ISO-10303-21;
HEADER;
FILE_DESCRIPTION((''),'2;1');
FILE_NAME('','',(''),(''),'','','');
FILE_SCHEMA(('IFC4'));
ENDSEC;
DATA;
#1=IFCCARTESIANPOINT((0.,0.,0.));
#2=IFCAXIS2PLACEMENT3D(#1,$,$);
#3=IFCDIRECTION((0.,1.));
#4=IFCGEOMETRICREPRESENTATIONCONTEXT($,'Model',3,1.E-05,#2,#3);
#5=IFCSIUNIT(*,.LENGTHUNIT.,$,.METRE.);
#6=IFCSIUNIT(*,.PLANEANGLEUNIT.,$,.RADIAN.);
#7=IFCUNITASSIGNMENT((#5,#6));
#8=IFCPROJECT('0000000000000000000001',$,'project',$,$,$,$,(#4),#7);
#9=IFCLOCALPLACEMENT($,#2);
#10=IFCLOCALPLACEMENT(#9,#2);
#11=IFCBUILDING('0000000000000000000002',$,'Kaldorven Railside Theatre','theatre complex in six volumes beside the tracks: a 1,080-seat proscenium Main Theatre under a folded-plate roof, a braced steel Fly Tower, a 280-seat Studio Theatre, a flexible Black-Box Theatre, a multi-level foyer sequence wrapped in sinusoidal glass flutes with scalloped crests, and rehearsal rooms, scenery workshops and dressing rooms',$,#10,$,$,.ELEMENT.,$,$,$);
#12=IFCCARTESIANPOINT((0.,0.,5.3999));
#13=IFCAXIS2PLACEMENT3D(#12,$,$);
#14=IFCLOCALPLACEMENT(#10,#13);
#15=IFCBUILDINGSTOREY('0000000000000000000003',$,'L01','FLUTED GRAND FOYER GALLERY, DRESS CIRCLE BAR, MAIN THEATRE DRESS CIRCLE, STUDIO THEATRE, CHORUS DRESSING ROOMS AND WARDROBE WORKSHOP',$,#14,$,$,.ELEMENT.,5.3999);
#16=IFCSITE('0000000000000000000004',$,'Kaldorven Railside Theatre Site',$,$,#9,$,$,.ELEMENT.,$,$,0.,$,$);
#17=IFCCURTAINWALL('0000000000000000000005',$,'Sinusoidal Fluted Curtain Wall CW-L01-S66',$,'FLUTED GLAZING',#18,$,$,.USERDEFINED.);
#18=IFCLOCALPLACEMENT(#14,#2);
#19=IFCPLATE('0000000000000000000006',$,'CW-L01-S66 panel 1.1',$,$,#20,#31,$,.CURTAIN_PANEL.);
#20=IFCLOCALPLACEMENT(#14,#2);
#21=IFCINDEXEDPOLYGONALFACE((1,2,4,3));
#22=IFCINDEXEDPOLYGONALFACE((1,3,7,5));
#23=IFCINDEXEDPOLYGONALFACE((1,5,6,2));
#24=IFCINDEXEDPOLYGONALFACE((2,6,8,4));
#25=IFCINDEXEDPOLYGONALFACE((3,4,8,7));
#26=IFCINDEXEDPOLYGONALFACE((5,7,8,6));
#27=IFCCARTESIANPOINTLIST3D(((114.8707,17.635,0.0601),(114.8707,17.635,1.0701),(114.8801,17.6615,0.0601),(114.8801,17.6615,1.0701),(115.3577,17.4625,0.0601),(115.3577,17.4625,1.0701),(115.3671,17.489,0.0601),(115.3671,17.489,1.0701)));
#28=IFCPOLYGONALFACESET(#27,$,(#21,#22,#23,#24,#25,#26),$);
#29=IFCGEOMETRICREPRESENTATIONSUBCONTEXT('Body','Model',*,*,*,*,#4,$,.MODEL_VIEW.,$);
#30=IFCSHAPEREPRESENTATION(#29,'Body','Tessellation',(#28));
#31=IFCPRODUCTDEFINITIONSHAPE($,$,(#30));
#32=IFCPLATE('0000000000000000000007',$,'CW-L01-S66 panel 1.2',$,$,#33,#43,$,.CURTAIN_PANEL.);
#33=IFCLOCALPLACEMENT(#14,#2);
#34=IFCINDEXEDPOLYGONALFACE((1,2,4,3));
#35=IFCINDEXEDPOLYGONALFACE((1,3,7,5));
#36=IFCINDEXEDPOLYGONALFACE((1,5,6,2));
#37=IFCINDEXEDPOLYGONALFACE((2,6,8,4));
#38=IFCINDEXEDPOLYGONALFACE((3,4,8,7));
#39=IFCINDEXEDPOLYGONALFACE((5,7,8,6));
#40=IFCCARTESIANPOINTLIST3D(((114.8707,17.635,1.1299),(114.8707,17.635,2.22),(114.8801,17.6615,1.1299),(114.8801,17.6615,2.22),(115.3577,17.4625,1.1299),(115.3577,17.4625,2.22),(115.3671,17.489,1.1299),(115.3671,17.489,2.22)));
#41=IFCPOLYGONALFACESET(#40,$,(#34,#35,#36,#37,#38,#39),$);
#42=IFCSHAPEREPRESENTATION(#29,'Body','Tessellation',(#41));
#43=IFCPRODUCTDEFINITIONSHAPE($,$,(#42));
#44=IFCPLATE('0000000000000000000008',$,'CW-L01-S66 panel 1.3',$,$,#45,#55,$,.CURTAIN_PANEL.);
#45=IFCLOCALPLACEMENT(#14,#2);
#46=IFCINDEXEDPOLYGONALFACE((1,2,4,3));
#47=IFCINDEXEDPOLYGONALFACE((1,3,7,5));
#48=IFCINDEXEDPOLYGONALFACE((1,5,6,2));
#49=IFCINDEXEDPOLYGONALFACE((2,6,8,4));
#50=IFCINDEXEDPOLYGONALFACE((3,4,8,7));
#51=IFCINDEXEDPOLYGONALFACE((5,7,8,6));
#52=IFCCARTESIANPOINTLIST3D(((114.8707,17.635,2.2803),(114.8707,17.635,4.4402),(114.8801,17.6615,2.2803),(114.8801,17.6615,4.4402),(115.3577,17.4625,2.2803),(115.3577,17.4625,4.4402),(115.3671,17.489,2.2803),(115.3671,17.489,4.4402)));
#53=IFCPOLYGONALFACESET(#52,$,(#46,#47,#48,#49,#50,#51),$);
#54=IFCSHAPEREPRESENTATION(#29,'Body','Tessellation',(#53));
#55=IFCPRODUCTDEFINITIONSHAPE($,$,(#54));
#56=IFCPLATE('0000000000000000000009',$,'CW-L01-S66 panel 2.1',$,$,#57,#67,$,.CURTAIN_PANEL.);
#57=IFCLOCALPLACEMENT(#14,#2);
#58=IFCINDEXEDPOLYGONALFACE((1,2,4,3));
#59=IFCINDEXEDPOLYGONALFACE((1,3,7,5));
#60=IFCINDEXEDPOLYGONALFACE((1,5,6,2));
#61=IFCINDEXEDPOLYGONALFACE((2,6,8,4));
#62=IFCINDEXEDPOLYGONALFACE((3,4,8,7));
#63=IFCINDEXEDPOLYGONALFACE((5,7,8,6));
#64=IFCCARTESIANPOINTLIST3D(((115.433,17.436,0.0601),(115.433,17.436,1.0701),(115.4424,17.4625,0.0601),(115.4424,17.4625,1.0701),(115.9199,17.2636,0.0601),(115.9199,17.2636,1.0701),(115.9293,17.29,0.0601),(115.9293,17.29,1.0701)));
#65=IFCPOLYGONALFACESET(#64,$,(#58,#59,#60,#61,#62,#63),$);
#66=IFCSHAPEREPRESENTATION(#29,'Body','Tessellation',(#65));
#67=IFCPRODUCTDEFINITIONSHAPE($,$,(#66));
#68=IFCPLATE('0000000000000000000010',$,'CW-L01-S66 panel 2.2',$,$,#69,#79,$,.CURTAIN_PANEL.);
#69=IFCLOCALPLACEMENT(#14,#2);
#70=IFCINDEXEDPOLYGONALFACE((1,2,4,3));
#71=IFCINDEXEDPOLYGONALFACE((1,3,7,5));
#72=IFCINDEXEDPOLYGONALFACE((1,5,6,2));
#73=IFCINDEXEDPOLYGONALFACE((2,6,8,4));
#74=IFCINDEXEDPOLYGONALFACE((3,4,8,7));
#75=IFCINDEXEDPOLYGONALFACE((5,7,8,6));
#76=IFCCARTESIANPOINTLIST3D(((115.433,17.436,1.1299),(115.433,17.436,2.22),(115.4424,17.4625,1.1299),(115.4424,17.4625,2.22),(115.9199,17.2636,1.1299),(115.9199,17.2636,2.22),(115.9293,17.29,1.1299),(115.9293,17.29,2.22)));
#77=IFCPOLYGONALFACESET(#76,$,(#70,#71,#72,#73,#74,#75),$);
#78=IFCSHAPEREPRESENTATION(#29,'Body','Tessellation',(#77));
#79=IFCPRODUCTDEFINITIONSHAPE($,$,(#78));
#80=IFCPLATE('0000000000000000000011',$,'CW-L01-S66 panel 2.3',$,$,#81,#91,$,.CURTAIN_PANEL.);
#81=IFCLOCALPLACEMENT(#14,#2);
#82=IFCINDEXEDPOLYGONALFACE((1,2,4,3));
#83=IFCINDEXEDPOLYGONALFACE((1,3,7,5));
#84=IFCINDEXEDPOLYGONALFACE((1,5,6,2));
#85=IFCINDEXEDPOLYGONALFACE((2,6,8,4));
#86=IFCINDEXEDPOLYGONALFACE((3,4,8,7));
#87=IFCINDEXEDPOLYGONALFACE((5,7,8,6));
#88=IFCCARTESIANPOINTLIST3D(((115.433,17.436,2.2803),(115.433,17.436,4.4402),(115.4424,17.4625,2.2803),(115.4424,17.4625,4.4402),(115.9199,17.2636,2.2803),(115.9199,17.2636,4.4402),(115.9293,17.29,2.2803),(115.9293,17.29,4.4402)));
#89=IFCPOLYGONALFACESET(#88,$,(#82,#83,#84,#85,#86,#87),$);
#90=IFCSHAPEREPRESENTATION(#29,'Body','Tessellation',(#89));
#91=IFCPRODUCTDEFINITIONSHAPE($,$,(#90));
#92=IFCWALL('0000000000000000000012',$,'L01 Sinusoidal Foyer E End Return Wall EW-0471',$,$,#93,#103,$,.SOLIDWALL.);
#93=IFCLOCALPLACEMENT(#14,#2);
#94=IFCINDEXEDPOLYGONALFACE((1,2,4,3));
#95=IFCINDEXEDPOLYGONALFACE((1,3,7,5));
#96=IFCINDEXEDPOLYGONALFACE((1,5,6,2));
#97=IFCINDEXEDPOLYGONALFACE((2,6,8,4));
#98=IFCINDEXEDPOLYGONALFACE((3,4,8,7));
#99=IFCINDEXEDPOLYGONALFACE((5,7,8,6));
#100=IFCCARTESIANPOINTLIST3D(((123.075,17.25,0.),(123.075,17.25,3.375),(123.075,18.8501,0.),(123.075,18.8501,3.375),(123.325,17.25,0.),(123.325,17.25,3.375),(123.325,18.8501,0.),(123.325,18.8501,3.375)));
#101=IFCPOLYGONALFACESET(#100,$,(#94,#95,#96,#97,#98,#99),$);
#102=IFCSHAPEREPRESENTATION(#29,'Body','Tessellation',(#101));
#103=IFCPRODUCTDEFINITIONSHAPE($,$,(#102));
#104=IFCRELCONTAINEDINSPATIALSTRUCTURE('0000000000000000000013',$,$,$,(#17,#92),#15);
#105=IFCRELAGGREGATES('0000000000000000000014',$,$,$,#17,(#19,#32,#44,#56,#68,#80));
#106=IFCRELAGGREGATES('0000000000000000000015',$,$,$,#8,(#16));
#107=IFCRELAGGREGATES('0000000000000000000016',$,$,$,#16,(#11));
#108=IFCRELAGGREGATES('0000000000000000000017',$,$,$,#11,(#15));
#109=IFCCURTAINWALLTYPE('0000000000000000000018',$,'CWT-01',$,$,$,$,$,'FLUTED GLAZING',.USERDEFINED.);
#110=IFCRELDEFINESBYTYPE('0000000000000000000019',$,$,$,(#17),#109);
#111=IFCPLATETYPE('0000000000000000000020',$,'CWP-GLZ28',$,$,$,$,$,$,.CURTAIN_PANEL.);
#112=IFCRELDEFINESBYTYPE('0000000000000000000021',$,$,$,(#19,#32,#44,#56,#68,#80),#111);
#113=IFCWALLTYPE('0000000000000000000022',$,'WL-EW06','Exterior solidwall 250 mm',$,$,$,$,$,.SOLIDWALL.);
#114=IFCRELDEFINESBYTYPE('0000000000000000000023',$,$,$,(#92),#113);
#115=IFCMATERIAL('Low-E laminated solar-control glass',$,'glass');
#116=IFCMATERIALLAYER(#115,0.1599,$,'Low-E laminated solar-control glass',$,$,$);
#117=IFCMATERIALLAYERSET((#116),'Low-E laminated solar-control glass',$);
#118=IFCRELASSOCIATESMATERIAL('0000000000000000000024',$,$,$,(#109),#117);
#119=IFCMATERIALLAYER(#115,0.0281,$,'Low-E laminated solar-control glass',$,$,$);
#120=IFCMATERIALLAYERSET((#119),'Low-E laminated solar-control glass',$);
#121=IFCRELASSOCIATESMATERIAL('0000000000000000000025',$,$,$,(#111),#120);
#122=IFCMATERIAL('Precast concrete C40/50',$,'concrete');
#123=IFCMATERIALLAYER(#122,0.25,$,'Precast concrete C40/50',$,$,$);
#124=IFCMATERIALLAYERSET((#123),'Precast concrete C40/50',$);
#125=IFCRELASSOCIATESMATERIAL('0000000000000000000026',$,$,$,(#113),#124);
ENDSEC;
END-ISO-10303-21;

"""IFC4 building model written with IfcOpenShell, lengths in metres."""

from ifc_helpers import new_model, si_unit, direction, frame, frame_2d, origin, origin_2d, place, context, subcontext, project, spatial, rectangle, extrude, material, layer, layer_set, type_object, element, aggregate, save


model = new_model("IFC4")

# Units and contexts
model_context = context("Model", 3, precision=1e-05, world=origin(), true_north=direction((0.0, 1.0)))
body_context = subcontext(model_context, "Body", "Model", "MODEL_VIEW")
ifc_project = project(units=[si_unit("LENGTHUNIT", "METRE"), si_unit("PLANEANGLEUNIT", "RADIAN")], contexts=[model_context])

# Site, building, storey
site_placement = place(None, origin())
site = spatial("IfcSite", under=ifc_project, at=site_placement, Name="Kaldorven Railside Theatre Site", CompositionType="ELEMENT", RefElevation=0.0)
building_placement = place(site_placement, origin())
building = spatial("IfcBuilding", under=site, at=building_placement, Name="Kaldorven Railside Theatre", Description="theatre complex in six volumes beside the tracks: a 1,080-seat proscenium Main Theatre under a folded-plate roof, a braced steel Fly Tower, a 280-seat Studio Theatre, a flexible Black-Box Theatre, a multi-level foyer sequence wrapped in sinusoidal glass flutes with scalloped crests, and rehearsal rooms, scenery workshops and dressing rooms", CompositionType="ELEMENT")
storey_placement = place(building_placement, frame((0.0, 0.0, 5.3999)))
storey = spatial("IfcBuildingStorey", under=building, at=storey_placement, Name="L01", Description="FLUTED GRAND FOYER GALLERY, DRESS CIRCLE BAR, MAIN THEATRE DRESS CIRCLE, STUDIO THEATRE, CHORUS DRESSING ROOMS AND WARDROBE WORKSHOP", CompositionType="ELEMENT", Elevation=5.3999)

# Shared definitions
ifc_material_1 = material(Name="Low-E laminated solar-control glass", Category="glass")

# Curtain wall
ifc_layer_1 = layer(ifc_material_1, 0.1599, Name="Low-E laminated solar-control glass")
ifc_layer_set_1 = layer_set([ifc_layer_1], Name="Low-E laminated solar-control glass")
curtain_wall_type_1 = type_object("IfcCurtainWallType", Name="CWT-01", ElementType="FLUTED GLAZING", PredefinedType="USERDEFINED", material=ifc_layer_set_1)
curtain_wall_1_placement = place(storey_placement, origin())
curtain_wall_1 = element("IfcCurtainWall", 1, at=curtain_wall_1_placement, inside=storey, type_object=curtain_wall_type_1, Name="Sinusoidal Fluted Curtain Wall CW-L01-S66", ObjectType="FLUTED GLAZING", PredefinedType="USERDEFINED")

# Plates
ifc_layer_2 = layer(ifc_material_1, 0.0281, Name="Low-E laminated solar-control glass")
ifc_layer_set_2 = layer_set([ifc_layer_2], Name="Low-E laminated solar-control glass")
plate_type = type_object("IfcPlateType", Name="CWP-GLZ28", PredefinedType="CURTAIN_PANEL", material=ifc_layer_set_2)
plate_1_placement = place(storey_placement, frame((115.1189, 17.562, 0.0601), z_axis=(0.0, 0.0, 1.0), x_axis=(0.942627, -0.333847, 0.0)))
plate_1 = element("IfcPlate", 2, at=plate_1_placement, type_object=plate_type, Name="CW-L01-S66 panel 1.1", PredefinedType="CURTAIN_PANEL", context=body_context, shape_type="SweptSolid", body=[
    extrude(rectangle(XDim=0.5166, YDim=0.0281, at=origin_2d()), origin(), (0.0, 0.0, 1.0), 1.01),
])
plate_2_placement = place(storey_placement, frame((115.1189, 17.562, 1.1299), z_axis=(0.0, 0.0, 1.0), x_axis=(0.942627, -0.333847, 0.0)))
plate_2 = element("IfcPlate", 3, at=plate_2_placement, type_object=plate_type, Name="CW-L01-S66 panel 1.2", PredefinedType="CURTAIN_PANEL", context=body_context, shape_type="SweptSolid", body=[
    extrude(rectangle(XDim=0.5166, YDim=0.0281, at=origin_2d()), origin(), (0.0, 0.0, 1.0), 1.0901),
])
plate_3_placement = place(storey_placement, frame((115.1189, 17.562, 2.2803), z_axis=(0.0, 0.0, 1.0), x_axis=(0.942627, -0.333847, 0.0)))
plate_3 = element("IfcPlate", 4, at=plate_3_placement, type_object=plate_type, Name="CW-L01-S66 panel 1.3", PredefinedType="CURTAIN_PANEL", context=body_context, shape_type="SweptSolid", body=[
    extrude(rectangle(XDim=0.5166, YDim=0.0281, at=origin_2d()), origin(), (0.0, 0.0, 1.0), 2.1599),
])
plate_4_placement = place(storey_placement, frame((115.6812, 17.363, 0.0601), z_axis=(0.0, 0.0, 1.0), x_axis=(0.942627, -0.333847, 0.0)))
plate_4 = element("IfcPlate", 5, at=plate_4_placement, type_object=plate_type, Name="CW-L01-S66 panel 2.1", PredefinedType="CURTAIN_PANEL", context=body_context, shape_type="SweptSolid", body=[
    extrude(rectangle(XDim=0.5166, YDim=0.0281, at=origin_2d()), origin(), (0.0, 0.0, 1.0), 1.01),
])
plate_5_placement = place(storey_placement, frame((115.6812, 17.363, 1.1299), z_axis=(0.0, 0.0, 1.0), x_axis=(0.942627, -0.333847, 0.0)))
plate_5 = element("IfcPlate", 6, at=plate_5_placement, type_object=plate_type, Name="CW-L01-S66 panel 2.2", PredefinedType="CURTAIN_PANEL", context=body_context, shape_type="SweptSolid", body=[
    extrude(rectangle(XDim=0.5166, YDim=0.0281, at=origin_2d()), origin(), (0.0, 0.0, 1.0), 1.0901),
])
plate_6_placement = place(storey_placement, frame((115.6812, 17.363, 2.2803), z_axis=(0.0, 0.0, 1.0), x_axis=(0.942627, -0.333847, 0.0)))
plate_6 = element("IfcPlate", 7, at=plate_6_placement, type_object=plate_type, Name="CW-L01-S66 panel 2.3", PredefinedType="CURTAIN_PANEL", context=body_context, shape_type="SweptSolid", body=[
    extrude(rectangle(XDim=0.5166, YDim=0.0281, at=origin_2d()), origin(), (0.0, 0.0, 1.0), 2.1599),
])
aggregate(curtain_wall_1, [plate_1, plate_2, plate_3, plate_4, plate_5, plate_6])

# Wall
ifc_material_2 = material(Name="Precast concrete C40/50", Category="concrete")
ifc_layer_3 = layer(ifc_material_2, 0.25, Name="Precast concrete C40/50")
ifc_layer_set_3 = layer_set([ifc_layer_3], Name="Precast concrete C40/50")
wall_type = type_object("IfcWallType", Name="WL-EW06", Description="Exterior solidwall 250 mm", PredefinedType="SOLIDWALL", material=ifc_layer_set_3)
wall_placement = place(storey_placement, frame((123.2, 17.25, 0.0), z_axis=(0.0, 0.0, 1.0), x_axis=(0.0, 1.0, 0.0)))
element("IfcWall", 8, at=wall_placement, inside=storey, type_object=wall_type, Name="L01 Sinusoidal Foyer E End Return Wall EW-0471", PredefinedType="SOLIDWALL", context=body_context, shape_type="SweptSolid", body=[
    extrude(rectangle(XDim=1.6001, YDim=0.25, at=frame_2d((0.8, 0.0))), origin(), (0.0, 0.0, 1.0), 3.375),
])

save(model, "model.ifc")
